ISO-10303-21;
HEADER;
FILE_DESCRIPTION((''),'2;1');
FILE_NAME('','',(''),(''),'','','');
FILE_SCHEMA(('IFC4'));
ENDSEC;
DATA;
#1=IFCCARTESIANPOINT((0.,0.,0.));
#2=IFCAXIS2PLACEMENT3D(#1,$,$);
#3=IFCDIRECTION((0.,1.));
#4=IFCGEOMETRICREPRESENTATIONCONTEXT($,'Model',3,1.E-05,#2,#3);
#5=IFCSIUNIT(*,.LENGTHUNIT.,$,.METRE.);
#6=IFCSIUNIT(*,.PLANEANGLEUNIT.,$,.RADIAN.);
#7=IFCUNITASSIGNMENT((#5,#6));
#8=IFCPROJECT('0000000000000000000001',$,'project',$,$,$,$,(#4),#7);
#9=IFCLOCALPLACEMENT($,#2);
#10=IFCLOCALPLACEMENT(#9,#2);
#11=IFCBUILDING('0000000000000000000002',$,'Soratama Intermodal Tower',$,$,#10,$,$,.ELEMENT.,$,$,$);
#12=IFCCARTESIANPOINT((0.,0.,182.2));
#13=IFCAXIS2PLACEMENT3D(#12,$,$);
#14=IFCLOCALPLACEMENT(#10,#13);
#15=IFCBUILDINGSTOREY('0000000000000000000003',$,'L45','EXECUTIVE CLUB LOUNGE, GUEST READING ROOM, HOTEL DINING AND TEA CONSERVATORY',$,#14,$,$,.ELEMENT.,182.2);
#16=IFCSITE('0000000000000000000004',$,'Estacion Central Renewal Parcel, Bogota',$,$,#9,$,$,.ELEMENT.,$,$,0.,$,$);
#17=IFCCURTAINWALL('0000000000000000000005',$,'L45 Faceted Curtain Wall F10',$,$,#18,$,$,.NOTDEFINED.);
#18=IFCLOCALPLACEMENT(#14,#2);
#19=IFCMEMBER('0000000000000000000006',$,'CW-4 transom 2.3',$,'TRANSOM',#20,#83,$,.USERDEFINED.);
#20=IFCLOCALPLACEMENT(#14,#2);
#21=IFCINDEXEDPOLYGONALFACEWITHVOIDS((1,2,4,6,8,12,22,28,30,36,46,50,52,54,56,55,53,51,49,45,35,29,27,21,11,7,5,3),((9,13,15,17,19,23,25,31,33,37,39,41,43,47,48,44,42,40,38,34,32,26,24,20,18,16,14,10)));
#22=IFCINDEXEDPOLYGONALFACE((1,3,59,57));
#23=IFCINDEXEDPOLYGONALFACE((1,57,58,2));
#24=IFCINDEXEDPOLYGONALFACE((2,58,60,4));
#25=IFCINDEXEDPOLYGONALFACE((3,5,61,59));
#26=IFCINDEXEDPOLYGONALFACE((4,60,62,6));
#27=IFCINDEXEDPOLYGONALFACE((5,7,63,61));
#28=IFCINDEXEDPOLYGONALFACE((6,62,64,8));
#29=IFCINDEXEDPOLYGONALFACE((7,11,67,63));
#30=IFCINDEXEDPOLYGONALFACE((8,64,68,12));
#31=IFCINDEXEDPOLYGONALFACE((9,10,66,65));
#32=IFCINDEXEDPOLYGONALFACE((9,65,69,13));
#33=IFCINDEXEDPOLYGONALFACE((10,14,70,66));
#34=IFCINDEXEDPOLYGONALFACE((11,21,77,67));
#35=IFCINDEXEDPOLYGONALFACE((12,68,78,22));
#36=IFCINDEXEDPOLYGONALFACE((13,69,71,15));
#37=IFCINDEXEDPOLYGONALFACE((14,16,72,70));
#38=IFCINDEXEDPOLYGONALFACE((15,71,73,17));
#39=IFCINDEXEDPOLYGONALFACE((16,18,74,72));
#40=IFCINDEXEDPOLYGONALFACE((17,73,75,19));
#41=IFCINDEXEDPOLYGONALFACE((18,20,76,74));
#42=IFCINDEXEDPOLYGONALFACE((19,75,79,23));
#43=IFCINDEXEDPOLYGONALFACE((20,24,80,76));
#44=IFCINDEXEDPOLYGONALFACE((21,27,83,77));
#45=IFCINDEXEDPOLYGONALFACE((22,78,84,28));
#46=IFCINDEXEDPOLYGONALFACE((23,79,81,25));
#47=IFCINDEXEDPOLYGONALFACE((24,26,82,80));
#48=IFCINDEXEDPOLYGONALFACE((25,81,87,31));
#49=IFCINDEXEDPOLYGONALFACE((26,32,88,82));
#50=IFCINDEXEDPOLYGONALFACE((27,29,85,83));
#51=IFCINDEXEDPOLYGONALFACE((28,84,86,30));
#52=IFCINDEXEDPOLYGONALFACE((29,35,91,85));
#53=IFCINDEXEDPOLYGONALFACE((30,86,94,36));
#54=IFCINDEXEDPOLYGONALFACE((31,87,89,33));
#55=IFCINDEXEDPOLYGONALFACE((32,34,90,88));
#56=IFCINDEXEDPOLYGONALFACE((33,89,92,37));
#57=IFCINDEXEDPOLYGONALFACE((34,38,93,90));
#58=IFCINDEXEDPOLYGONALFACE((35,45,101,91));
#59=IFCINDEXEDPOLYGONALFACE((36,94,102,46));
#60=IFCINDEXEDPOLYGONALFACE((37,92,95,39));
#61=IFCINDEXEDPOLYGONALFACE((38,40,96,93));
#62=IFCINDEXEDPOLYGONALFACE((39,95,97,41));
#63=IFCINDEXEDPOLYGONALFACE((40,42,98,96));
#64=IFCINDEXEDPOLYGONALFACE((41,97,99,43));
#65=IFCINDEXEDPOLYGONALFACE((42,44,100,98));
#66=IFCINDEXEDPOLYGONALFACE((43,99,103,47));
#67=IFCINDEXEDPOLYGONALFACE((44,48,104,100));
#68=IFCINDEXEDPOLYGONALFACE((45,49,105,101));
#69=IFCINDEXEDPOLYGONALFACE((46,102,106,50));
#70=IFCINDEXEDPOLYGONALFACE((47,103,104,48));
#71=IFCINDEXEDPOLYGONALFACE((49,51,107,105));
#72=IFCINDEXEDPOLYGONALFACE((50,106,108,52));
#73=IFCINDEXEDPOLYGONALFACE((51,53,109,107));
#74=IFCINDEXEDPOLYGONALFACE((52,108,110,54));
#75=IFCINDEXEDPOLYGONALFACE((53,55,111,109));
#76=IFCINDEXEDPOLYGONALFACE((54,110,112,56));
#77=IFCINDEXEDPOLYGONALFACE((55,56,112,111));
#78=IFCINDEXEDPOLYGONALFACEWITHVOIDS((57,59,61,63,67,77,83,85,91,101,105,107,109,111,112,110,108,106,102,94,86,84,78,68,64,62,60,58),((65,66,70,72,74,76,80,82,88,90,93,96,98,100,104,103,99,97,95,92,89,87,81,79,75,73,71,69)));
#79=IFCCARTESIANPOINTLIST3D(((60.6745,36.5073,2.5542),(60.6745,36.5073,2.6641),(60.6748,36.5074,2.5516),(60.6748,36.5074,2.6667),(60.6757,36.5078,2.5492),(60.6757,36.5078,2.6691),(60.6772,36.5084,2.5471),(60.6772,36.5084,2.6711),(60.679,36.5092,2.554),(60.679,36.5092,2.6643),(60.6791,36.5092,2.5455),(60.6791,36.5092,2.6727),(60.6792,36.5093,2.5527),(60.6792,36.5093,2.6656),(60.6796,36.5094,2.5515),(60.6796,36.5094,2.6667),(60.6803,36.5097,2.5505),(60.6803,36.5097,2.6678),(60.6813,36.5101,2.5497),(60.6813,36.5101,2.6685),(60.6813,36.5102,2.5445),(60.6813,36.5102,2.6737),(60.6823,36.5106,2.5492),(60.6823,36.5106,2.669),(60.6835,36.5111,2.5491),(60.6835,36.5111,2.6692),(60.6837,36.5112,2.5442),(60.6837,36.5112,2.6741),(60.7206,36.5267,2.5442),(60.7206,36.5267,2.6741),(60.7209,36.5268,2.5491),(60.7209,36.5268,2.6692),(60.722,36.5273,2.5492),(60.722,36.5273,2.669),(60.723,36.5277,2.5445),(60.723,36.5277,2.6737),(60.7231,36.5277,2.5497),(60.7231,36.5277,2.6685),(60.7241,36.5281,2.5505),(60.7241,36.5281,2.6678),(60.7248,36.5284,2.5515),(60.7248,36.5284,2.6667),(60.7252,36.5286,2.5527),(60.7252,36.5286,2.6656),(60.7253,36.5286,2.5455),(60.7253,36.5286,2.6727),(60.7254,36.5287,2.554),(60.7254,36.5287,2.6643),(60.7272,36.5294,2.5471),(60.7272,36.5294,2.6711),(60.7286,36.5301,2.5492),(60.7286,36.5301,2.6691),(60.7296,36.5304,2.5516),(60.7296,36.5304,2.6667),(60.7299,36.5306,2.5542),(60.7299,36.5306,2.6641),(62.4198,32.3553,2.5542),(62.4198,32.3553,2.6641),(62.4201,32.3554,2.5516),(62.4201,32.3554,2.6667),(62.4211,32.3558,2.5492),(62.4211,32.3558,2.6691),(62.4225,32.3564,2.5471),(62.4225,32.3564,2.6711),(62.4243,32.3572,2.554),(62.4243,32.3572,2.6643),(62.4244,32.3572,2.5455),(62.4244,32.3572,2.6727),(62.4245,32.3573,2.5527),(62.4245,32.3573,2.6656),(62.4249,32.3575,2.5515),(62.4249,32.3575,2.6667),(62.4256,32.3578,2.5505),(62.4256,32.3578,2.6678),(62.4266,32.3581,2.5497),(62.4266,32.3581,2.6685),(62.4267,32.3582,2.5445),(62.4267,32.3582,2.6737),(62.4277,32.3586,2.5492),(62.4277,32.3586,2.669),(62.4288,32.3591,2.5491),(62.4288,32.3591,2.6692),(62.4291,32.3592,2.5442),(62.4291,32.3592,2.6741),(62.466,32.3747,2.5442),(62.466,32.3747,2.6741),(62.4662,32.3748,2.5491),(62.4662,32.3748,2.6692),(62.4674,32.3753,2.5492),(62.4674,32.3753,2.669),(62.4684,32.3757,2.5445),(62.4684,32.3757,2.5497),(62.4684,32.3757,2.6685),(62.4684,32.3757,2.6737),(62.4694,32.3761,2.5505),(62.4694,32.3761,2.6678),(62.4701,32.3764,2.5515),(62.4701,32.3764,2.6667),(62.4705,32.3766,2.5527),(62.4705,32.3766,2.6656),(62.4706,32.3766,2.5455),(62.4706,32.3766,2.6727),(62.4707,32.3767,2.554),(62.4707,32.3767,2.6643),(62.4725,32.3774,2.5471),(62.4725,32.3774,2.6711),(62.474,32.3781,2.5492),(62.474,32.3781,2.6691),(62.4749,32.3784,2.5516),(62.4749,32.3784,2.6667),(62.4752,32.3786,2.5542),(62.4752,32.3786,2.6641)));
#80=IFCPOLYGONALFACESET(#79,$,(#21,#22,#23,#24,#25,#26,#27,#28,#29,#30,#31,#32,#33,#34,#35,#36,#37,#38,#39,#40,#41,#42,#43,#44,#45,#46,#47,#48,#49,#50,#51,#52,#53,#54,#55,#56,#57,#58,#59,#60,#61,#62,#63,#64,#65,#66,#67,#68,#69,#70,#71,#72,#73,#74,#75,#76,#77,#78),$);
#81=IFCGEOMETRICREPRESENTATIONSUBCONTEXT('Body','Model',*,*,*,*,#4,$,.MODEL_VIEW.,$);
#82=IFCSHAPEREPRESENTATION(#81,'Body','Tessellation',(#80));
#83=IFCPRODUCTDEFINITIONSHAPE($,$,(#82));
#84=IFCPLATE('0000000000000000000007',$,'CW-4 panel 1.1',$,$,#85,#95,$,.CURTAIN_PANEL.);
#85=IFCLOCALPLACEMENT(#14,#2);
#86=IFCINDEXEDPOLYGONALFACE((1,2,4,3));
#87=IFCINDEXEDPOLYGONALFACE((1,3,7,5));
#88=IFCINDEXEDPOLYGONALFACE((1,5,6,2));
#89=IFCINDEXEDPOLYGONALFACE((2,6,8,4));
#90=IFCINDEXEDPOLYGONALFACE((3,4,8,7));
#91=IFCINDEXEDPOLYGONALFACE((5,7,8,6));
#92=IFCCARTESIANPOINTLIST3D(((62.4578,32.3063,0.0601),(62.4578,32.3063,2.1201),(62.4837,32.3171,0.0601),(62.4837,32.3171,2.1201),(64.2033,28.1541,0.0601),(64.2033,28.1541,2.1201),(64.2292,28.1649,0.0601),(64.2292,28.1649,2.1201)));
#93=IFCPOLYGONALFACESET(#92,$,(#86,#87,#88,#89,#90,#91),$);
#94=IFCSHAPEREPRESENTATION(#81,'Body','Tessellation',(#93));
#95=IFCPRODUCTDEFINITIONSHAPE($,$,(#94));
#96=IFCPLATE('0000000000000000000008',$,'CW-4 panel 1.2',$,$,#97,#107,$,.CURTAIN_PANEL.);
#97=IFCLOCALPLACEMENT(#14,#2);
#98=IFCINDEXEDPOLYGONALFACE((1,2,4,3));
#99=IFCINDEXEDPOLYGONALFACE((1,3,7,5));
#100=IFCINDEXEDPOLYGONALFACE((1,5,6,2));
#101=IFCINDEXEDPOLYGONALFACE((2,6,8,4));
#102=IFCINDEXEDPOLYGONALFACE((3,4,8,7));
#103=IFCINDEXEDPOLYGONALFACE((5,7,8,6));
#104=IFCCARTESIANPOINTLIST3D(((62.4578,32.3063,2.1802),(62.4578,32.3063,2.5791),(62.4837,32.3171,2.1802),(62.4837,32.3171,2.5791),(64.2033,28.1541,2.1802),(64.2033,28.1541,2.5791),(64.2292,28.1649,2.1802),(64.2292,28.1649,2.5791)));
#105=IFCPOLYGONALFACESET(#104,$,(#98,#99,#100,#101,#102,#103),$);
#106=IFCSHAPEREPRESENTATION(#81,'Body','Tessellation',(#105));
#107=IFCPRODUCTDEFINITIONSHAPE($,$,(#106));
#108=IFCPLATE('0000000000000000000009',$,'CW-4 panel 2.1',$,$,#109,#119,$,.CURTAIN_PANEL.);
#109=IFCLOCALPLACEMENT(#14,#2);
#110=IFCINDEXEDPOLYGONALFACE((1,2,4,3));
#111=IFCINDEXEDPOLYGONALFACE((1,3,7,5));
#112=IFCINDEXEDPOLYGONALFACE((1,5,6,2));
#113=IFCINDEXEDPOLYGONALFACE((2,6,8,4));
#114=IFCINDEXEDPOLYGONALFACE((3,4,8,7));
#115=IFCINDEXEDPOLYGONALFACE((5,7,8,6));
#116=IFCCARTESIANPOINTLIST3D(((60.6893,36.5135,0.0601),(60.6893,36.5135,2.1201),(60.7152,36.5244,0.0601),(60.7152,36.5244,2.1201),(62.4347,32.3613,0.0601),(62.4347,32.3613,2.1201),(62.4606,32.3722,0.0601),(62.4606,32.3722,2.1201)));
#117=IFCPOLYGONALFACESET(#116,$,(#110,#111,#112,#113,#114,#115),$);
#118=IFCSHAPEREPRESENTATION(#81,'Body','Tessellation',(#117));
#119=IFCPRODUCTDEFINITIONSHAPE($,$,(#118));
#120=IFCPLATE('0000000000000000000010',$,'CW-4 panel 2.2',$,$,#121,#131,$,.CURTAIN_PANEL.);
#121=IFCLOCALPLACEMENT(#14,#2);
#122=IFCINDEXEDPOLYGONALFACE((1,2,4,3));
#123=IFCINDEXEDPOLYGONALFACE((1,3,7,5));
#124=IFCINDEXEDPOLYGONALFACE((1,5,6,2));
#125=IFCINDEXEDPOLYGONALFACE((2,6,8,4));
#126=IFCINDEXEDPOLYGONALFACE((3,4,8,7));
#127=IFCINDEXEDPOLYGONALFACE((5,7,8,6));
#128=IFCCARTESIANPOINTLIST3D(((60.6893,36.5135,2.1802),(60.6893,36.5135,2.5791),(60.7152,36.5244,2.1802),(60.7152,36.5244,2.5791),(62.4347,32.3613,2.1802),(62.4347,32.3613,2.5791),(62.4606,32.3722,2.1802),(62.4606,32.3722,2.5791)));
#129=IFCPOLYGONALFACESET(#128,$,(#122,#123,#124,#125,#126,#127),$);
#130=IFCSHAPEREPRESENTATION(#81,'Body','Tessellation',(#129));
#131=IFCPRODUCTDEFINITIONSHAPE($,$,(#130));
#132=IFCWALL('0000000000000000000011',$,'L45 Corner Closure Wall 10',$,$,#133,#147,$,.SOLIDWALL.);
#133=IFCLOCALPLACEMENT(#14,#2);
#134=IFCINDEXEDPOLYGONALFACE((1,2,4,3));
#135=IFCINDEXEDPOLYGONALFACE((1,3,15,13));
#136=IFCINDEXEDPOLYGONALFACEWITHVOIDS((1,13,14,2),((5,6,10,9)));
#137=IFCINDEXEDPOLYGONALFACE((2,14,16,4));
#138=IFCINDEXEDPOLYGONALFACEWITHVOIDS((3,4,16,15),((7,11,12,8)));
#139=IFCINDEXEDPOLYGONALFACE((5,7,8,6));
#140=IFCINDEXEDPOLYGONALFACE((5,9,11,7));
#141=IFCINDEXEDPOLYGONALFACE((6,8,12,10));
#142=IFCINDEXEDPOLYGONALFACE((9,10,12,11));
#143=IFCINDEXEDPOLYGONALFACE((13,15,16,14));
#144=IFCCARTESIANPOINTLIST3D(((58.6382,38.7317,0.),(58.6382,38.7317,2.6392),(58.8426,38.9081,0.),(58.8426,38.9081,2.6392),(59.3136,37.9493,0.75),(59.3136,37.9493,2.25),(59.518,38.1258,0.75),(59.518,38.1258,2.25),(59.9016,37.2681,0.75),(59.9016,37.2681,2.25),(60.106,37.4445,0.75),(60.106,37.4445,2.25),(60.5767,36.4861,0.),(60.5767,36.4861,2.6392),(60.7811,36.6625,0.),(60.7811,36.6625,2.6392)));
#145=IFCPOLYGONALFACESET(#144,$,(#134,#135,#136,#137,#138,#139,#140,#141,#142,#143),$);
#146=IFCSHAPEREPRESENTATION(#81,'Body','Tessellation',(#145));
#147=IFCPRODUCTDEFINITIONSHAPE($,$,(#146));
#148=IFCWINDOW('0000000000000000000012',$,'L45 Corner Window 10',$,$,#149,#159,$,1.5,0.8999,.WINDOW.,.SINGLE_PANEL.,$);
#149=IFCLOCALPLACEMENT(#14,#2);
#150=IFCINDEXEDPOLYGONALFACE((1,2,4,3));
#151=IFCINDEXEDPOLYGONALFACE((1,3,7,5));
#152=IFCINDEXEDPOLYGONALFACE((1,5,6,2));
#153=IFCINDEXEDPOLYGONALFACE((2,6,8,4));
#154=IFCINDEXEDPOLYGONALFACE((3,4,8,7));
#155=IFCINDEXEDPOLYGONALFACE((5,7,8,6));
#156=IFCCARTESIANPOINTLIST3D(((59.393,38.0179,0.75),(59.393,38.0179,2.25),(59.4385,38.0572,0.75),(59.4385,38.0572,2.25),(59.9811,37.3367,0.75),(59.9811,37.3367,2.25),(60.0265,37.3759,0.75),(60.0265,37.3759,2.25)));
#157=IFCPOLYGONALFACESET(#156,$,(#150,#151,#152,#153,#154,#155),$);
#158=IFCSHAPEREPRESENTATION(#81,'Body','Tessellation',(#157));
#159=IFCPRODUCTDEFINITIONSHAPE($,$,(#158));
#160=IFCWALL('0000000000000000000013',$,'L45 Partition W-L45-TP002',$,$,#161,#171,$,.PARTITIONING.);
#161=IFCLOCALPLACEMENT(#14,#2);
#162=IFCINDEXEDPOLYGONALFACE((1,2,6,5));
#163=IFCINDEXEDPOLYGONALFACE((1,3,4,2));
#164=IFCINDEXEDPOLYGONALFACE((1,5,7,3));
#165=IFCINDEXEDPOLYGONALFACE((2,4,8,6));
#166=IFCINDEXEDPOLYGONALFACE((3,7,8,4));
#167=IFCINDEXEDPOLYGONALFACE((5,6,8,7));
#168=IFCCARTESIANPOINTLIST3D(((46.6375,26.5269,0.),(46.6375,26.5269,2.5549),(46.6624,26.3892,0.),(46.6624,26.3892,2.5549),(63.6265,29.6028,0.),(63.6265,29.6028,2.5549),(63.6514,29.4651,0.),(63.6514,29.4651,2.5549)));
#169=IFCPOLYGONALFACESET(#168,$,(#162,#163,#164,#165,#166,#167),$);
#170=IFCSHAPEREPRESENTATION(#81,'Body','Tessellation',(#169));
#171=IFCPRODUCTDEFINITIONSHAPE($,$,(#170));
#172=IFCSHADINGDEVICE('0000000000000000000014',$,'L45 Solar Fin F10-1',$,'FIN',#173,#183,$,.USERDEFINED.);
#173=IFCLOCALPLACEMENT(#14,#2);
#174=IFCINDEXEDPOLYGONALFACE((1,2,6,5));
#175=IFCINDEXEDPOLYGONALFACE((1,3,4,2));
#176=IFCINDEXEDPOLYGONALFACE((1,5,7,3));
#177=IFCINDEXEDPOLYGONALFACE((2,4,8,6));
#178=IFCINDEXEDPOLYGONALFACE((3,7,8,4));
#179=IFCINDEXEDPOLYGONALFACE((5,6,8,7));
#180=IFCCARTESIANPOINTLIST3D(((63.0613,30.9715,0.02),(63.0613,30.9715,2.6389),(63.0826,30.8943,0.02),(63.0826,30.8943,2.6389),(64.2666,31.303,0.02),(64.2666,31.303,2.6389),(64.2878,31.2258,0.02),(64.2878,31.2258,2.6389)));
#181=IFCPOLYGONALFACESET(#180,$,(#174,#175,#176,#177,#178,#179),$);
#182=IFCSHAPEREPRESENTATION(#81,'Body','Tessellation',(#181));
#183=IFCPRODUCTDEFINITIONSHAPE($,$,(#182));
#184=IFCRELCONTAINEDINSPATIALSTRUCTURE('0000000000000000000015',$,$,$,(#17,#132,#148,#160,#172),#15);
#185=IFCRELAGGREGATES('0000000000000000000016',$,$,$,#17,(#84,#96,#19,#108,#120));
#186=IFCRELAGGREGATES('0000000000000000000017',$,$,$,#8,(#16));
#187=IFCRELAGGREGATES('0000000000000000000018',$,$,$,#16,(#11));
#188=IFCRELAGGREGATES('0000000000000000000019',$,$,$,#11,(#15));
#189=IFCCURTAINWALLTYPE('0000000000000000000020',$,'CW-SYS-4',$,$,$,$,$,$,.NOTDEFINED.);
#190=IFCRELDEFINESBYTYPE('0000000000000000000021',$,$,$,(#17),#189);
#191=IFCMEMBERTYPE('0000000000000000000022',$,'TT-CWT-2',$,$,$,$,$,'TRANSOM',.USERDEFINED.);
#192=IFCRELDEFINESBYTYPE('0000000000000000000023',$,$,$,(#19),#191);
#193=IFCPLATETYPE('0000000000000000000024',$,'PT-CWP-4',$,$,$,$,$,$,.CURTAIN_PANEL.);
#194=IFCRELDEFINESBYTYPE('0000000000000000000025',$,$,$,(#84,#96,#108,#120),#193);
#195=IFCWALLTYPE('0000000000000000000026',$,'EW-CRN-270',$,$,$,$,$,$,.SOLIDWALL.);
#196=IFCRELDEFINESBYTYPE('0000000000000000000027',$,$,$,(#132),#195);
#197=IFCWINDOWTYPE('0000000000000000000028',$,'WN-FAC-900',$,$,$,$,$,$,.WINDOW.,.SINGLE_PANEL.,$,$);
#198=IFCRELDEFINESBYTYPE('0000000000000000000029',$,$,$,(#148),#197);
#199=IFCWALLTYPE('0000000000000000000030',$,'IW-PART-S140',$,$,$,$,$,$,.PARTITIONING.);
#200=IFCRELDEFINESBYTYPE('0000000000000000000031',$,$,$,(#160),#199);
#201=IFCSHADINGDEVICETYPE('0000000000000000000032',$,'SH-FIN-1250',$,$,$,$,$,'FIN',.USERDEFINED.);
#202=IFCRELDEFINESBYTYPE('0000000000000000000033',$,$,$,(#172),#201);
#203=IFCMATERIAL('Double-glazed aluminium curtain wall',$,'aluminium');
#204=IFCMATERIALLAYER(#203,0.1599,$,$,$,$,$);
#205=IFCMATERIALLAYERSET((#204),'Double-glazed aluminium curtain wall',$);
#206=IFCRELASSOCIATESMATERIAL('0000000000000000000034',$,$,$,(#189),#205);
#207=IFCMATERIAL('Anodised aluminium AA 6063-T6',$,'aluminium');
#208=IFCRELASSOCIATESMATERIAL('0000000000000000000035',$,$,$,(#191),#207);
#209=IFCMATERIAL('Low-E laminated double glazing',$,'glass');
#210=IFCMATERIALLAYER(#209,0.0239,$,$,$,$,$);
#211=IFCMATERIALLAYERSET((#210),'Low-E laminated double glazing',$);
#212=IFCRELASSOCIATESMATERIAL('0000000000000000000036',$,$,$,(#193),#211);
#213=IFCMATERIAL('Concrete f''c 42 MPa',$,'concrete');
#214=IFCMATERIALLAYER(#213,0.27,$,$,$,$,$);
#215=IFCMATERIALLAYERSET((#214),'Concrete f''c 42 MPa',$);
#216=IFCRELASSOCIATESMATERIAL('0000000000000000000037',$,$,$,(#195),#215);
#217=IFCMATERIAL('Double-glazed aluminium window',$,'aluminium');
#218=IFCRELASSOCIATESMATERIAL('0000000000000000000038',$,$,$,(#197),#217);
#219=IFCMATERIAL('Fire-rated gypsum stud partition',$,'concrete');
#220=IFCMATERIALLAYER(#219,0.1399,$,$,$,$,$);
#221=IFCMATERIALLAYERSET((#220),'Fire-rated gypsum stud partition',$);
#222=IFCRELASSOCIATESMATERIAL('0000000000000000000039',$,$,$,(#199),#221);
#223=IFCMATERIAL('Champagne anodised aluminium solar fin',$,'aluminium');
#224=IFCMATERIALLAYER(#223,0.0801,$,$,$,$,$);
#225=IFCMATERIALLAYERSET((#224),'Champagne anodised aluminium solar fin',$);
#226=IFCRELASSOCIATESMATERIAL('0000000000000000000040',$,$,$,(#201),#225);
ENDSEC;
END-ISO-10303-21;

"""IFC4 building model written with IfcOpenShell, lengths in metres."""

from ifc_helpers import new_model, si_unit, direction, frame, frame_2d, origin, origin_2d, place, context, subcontext, project, spatial, rectangle, hollow_rectangle, extrude, material, layer, layer_set, material_profile, profile_set, type_object, element, fill, aggregate, save


model = new_model("IFC4")

# Units and contexts
model_context = context("Model", 3, precision=1e-05, world=origin(), true_north=direction((0.0, 1.0)))
body_context = subcontext(model_context, "Body", "Model", "MODEL_VIEW")
ifc_project = project(units=[si_unit("LENGTHUNIT", "METRE"), si_unit("PLANEANGLEUNIT", "RADIAN")], contexts=[model_context])

# Site, building, storey
site_placement = place(None, origin())
site = spatial("IfcSite", under=ifc_project, at=site_placement, Name="Estacion Central Renewal Parcel, Bogota", CompositionType="ELEMENT", RefElevation=0.0)
building_placement = place(site_placement, origin())
building = spatial("IfcBuilding", under=site, at=building_placement, Name="Soratama Intermodal Tower", CompositionType="ELEMENT")
storey_placement = place(building_placement, frame((0.0, 0.0, 182.2)))
storey = spatial("IfcBuildingStorey", under=building, at=storey_placement, Name="L45", Description="EXECUTIVE CLUB LOUNGE, GUEST READING ROOM, HOTEL DINING AND TEA CONSERVATORY", CompositionType="ELEMENT", Elevation=182.2)

# Curtain wall, member, plates
ifc_material_1 = material(Name="Double-glazed aluminium curtain wall", Category="aluminium")
ifc_layer_1 = layer(ifc_material_1, 0.1599)
ifc_layer_set_1 = layer_set([ifc_layer_1], Name="Double-glazed aluminium curtain wall")
curtain_wall_type = type_object("IfcCurtainWallType", Name="CW-SYS-4", PredefinedType="NOTDEFINED", material=ifc_layer_set_1)
curtain_wall_placement = place(storey_placement, origin())
curtain_wall = element("IfcCurtainWall", 1, at=curtain_wall_placement, inside=storey, type_object=curtain_wall_type, Name="L45 Faceted Curtain Wall F10", PredefinedType="NOTDEFINED")
ifc_material_2 = material(Name="Anodised aluminium AA 6063-T6", Category="aluminium")
ifc_material_profile_1 = material_profile(ifc_material_2, hollow_rectangle(XDim=0.0601, YDim=0.1299, WallThickness=0.0049, InnerFilletRadius=0.0049, OuterFilletRadius=0.01, at=origin_2d()), Name="CWT130X60X5")
ifc_profile_set_1 = profile_set([ifc_material_profile_1], Name="Anodised aluminium AA 6063-T6")
member_type_1 = type_object("IfcMemberType", Name="TT-CWT-2", ElementType="TRANSOM", PredefinedType="USERDEFINED", material=ifc_profile_set_1)
member_1_placement = place(storey_placement, frame((62.4475, 32.3669, 2.6091), z_axis=(-0.387512, 0.921865, 0.0), x_axis=(-0.921865, -0.387512, 0.0)))
member_1 = element("IfcMember", 2, at=member_1_placement, type_object=member_type_1, Name="CW-4 transom 2.3", ObjectType="TRANSOM", PredefinedType="USERDEFINED", context=body_context, shape_type="SweptSolid", body=[
    extrude(hollow_rectangle(XDim=0.0601, YDim=0.1299, WallThickness=0.0049, InnerFilletRadius=0.0049, OuterFilletRadius=0.01, at=origin_2d()), origin(), (0.0, 0.0, 1.0), 4.5039),
])
ifc_material_3 = material(Name="Low-E laminated double glazing", Category="glass")
ifc_layer_2 = layer(ifc_material_3, 0.0239)
ifc_layer_set_2 = layer_set([ifc_layer_2], Name="Low-E laminated double glazing")
plate_type = type_object("IfcPlateType", Name="PT-CWP-4", PredefinedType="CURTAIN_PANEL", material=ifc_layer_set_2)
plate_1_placement = place(storey_placement, frame((63.3435, 30.2356, 0.0601), z_axis=(0.0, 0.0, 1.0), x_axis=(-0.387521, 0.921861, 0.0)))
plate_1 = element("IfcPlate", 3, at=plate_1_placement, type_object=plate_type, Name="CW-4 panel 1.1", PredefinedType="CURTAIN_PANEL", context=body_context, shape_type="SweptSolid", body=[
    extrude(rectangle(XDim=4.5042, YDim=0.0281, at=origin_2d()), origin(), (0.0, 0.0, 1.0), 2.0601),
])
plate_2_placement = place(storey_placement, frame((63.3435, 30.2356, 2.1802), z_axis=(0.0, 0.0, 1.0), x_axis=(-0.387521, 0.921861, 0.0)))
plate_2 = element("IfcPlate", 4, at=plate_2_placement, type_object=plate_type, Name="CW-4 panel 1.2", PredefinedType="CURTAIN_PANEL", context=body_context, shape_type="SweptSolid", body=[
    extrude(rectangle(XDim=4.5042, YDim=0.0281, at=origin_2d()), origin(), (0.0, 0.0, 1.0), 0.3989),
])
plate_3_placement = place(storey_placement, frame((61.575, 34.4429, 0.0601), z_axis=(0.0, 0.0, 1.0), x_axis=(-0.387521, 0.921861, 0.0)))
plate_3 = element("IfcPlate", 5, at=plate_3_placement, type_object=plate_type, Name="CW-4 panel 2.1", PredefinedType="CURTAIN_PANEL", context=body_context, shape_type="SweptSolid", body=[
    extrude(rectangle(XDim=4.5042, YDim=0.0281, at=origin_2d()), origin(), (0.0, 0.0, 1.0), 2.0601),
])
plate_4_placement = place(storey_placement, frame((61.575, 34.4429, 2.1802), z_axis=(0.0, 0.0, 1.0), x_axis=(-0.387521, 0.921861, 0.0)))
plate_4 = element("IfcPlate", 6, at=plate_4_placement, type_object=plate_type, Name="CW-4 panel 2.2", PredefinedType="CURTAIN_PANEL", context=body_context, shape_type="SweptSolid", body=[
    extrude(rectangle(XDim=4.5042, YDim=0.0281, at=origin_2d()), origin(), (0.0, 0.0, 1.0), 0.3989),
])
aggregate(curtain_wall, [plate_1, plate_2, member_1, plate_3, plate_4])

# Wall, opening, window
ifc_material_4 = material(Name="Concrete f'c 42 MPa", Category="concrete")
ifc_layer_3 = layer(ifc_material_4, 0.27)
ifc_layer_set_3 = layer_set([ifc_layer_3], Name="Concrete f'c 42 MPa")
wall_type_1 = type_object("IfcWallType", Name="EW-CRN-270", PredefinedType="SOLIDWALL", material=ifc_layer_set_3)
wall_1_placement = place(storey_placement, frame((60.679, 36.5742, 0.0), z_axis=(0.0, 0.0, 1.0), x_axis=(-0.653444, 0.756975, 0.0)))
wall_1 = element("IfcWall", 7, at=wall_1_placement, inside=storey, type_object=wall_type_1, Name="L45 Corner Closure Wall 10", PredefinedType="SOLIDWALL", context=body_context, shape_type="SweptSolid", body=[
    extrude(rectangle(XDim=2.9666, YDim=0.27, at=frame_2d((1.4834, 0.0))), origin(), (0.0, 0.0, 1.0), 2.6392),
])
opening_placement = place(wall_1_placement, frame((1.0332, 0.0, 0.75)))
opening = element("IfcOpeningElement", 8, at=opening_placement, cuts=wall_1, PredefinedType="OPENING", context=body_context, shape_type="SweptSolid", body=[
    extrude(rectangle(XDim=0.8999, YDim=1.5, at=frame_2d((0.45, 0.75))), frame((0.0, 0.145, 0.0), z_axis=(0.0, -1.0, 0.0), x_axis=(1.0, 0.0, 0.0)), (0.0, 0.0, 1.0), 0.29),
])
ifc_material_5 = material(Name="Double-glazed aluminium window", Category="aluminium")
window_type = type_object("IfcWindowType", Name="WN-FAC-900", PartitioningType="SINGLE_PANEL", PredefinedType="WINDOW", material=ifc_material_5)
window_placement = place(opening_placement, origin())
window = element("IfcWindow", 9, at=window_placement, inside=storey, type_object=window_type, Name="L45 Corner Window 10", OverallHeight=1.5, OverallWidth=0.8999, PartitioningType="SINGLE_PANEL", PredefinedType="WINDOW", context=body_context, shape_type="SweptSolid", body=[
    extrude(rectangle(XDim=0.8999, YDim=1.5, at=frame_2d((0.45, 0.75))), frame((0.0, 0.03, 0.0), z_axis=(0.0, -1.0, 0.0), x_axis=(1.0, 0.0, 0.0)), (0.0, 0.0, 1.0), 0.0601),
])
fill(opening, window)

# Wall
ifc_material_6 = material(Name="Fire-rated gypsum stud partition", Category="concrete")
ifc_layer_4 = layer(ifc_material_6, 0.1399)
ifc_layer_set_4 = layer_set([ifc_layer_4], Name="Fire-rated gypsum stud partition")
wall_type_2 = type_object("IfcWallType", Name="IW-PART-S140", PredefinedType="PARTITIONING", material=ifc_layer_set_4)
wall_2_placement = place(storey_placement, frame((63.6389, 29.5339, 0.0), z_axis=(0.0, 0.0, 1.0), x_axis=(-0.984002, -0.178157, 0.0)))
element("IfcWall", 10, at=wall_2_placement, inside=storey, type_object=wall_type_2, Name="L45 Partition W-L45-TP002", PredefinedType="PARTITIONING", context=body_context, shape_type="SweptSolid", body=[
    extrude(rectangle(XDim=17.2651, YDim=0.1399, at=frame_2d((8.6326, 0.0))), origin(), (0.0, 0.0, 1.0), 2.5549),
])

# Shading device
ifc_material_7 = material(Name="Champagne anodised aluminium solar fin", Category="aluminium")
ifc_layer_5 = layer(ifc_material_7, 0.0801)
ifc_layer_set_5 = layer_set([ifc_layer_5], Name="Champagne anodised aluminium solar fin")
shading_device_type = type_object("IfcShadingDeviceType", Name="SH-FIN-1250", ElementType="FIN", PredefinedType="USERDEFINED", material=ifc_layer_set_5)
for number, where, z_axis, x_axis, name in (
    (11, (63.6746, 31.0986, 0.02), (0.0, 0.0, 1.0), (0.964188, 0.26522, 0.0), "L45 Solar Fin F10-1"),
):
    element("IfcShadingDevice", number, at=place(storey_placement, frame(where, z_axis=z_axis, x_axis=x_axis)), inside=storey, type_object=shading_device_type, Name=name, ObjectType="FIN", PredefinedType="USERDEFINED", context=body_context, shape_type="SweptSolid", body=[
        extrude(rectangle(XDim=1.25, YDim=0.0801, at=origin_2d()), origin(), (0.0, 0.0, 1.0), 2.6189),
    ])

save(model, "model.ifc")
